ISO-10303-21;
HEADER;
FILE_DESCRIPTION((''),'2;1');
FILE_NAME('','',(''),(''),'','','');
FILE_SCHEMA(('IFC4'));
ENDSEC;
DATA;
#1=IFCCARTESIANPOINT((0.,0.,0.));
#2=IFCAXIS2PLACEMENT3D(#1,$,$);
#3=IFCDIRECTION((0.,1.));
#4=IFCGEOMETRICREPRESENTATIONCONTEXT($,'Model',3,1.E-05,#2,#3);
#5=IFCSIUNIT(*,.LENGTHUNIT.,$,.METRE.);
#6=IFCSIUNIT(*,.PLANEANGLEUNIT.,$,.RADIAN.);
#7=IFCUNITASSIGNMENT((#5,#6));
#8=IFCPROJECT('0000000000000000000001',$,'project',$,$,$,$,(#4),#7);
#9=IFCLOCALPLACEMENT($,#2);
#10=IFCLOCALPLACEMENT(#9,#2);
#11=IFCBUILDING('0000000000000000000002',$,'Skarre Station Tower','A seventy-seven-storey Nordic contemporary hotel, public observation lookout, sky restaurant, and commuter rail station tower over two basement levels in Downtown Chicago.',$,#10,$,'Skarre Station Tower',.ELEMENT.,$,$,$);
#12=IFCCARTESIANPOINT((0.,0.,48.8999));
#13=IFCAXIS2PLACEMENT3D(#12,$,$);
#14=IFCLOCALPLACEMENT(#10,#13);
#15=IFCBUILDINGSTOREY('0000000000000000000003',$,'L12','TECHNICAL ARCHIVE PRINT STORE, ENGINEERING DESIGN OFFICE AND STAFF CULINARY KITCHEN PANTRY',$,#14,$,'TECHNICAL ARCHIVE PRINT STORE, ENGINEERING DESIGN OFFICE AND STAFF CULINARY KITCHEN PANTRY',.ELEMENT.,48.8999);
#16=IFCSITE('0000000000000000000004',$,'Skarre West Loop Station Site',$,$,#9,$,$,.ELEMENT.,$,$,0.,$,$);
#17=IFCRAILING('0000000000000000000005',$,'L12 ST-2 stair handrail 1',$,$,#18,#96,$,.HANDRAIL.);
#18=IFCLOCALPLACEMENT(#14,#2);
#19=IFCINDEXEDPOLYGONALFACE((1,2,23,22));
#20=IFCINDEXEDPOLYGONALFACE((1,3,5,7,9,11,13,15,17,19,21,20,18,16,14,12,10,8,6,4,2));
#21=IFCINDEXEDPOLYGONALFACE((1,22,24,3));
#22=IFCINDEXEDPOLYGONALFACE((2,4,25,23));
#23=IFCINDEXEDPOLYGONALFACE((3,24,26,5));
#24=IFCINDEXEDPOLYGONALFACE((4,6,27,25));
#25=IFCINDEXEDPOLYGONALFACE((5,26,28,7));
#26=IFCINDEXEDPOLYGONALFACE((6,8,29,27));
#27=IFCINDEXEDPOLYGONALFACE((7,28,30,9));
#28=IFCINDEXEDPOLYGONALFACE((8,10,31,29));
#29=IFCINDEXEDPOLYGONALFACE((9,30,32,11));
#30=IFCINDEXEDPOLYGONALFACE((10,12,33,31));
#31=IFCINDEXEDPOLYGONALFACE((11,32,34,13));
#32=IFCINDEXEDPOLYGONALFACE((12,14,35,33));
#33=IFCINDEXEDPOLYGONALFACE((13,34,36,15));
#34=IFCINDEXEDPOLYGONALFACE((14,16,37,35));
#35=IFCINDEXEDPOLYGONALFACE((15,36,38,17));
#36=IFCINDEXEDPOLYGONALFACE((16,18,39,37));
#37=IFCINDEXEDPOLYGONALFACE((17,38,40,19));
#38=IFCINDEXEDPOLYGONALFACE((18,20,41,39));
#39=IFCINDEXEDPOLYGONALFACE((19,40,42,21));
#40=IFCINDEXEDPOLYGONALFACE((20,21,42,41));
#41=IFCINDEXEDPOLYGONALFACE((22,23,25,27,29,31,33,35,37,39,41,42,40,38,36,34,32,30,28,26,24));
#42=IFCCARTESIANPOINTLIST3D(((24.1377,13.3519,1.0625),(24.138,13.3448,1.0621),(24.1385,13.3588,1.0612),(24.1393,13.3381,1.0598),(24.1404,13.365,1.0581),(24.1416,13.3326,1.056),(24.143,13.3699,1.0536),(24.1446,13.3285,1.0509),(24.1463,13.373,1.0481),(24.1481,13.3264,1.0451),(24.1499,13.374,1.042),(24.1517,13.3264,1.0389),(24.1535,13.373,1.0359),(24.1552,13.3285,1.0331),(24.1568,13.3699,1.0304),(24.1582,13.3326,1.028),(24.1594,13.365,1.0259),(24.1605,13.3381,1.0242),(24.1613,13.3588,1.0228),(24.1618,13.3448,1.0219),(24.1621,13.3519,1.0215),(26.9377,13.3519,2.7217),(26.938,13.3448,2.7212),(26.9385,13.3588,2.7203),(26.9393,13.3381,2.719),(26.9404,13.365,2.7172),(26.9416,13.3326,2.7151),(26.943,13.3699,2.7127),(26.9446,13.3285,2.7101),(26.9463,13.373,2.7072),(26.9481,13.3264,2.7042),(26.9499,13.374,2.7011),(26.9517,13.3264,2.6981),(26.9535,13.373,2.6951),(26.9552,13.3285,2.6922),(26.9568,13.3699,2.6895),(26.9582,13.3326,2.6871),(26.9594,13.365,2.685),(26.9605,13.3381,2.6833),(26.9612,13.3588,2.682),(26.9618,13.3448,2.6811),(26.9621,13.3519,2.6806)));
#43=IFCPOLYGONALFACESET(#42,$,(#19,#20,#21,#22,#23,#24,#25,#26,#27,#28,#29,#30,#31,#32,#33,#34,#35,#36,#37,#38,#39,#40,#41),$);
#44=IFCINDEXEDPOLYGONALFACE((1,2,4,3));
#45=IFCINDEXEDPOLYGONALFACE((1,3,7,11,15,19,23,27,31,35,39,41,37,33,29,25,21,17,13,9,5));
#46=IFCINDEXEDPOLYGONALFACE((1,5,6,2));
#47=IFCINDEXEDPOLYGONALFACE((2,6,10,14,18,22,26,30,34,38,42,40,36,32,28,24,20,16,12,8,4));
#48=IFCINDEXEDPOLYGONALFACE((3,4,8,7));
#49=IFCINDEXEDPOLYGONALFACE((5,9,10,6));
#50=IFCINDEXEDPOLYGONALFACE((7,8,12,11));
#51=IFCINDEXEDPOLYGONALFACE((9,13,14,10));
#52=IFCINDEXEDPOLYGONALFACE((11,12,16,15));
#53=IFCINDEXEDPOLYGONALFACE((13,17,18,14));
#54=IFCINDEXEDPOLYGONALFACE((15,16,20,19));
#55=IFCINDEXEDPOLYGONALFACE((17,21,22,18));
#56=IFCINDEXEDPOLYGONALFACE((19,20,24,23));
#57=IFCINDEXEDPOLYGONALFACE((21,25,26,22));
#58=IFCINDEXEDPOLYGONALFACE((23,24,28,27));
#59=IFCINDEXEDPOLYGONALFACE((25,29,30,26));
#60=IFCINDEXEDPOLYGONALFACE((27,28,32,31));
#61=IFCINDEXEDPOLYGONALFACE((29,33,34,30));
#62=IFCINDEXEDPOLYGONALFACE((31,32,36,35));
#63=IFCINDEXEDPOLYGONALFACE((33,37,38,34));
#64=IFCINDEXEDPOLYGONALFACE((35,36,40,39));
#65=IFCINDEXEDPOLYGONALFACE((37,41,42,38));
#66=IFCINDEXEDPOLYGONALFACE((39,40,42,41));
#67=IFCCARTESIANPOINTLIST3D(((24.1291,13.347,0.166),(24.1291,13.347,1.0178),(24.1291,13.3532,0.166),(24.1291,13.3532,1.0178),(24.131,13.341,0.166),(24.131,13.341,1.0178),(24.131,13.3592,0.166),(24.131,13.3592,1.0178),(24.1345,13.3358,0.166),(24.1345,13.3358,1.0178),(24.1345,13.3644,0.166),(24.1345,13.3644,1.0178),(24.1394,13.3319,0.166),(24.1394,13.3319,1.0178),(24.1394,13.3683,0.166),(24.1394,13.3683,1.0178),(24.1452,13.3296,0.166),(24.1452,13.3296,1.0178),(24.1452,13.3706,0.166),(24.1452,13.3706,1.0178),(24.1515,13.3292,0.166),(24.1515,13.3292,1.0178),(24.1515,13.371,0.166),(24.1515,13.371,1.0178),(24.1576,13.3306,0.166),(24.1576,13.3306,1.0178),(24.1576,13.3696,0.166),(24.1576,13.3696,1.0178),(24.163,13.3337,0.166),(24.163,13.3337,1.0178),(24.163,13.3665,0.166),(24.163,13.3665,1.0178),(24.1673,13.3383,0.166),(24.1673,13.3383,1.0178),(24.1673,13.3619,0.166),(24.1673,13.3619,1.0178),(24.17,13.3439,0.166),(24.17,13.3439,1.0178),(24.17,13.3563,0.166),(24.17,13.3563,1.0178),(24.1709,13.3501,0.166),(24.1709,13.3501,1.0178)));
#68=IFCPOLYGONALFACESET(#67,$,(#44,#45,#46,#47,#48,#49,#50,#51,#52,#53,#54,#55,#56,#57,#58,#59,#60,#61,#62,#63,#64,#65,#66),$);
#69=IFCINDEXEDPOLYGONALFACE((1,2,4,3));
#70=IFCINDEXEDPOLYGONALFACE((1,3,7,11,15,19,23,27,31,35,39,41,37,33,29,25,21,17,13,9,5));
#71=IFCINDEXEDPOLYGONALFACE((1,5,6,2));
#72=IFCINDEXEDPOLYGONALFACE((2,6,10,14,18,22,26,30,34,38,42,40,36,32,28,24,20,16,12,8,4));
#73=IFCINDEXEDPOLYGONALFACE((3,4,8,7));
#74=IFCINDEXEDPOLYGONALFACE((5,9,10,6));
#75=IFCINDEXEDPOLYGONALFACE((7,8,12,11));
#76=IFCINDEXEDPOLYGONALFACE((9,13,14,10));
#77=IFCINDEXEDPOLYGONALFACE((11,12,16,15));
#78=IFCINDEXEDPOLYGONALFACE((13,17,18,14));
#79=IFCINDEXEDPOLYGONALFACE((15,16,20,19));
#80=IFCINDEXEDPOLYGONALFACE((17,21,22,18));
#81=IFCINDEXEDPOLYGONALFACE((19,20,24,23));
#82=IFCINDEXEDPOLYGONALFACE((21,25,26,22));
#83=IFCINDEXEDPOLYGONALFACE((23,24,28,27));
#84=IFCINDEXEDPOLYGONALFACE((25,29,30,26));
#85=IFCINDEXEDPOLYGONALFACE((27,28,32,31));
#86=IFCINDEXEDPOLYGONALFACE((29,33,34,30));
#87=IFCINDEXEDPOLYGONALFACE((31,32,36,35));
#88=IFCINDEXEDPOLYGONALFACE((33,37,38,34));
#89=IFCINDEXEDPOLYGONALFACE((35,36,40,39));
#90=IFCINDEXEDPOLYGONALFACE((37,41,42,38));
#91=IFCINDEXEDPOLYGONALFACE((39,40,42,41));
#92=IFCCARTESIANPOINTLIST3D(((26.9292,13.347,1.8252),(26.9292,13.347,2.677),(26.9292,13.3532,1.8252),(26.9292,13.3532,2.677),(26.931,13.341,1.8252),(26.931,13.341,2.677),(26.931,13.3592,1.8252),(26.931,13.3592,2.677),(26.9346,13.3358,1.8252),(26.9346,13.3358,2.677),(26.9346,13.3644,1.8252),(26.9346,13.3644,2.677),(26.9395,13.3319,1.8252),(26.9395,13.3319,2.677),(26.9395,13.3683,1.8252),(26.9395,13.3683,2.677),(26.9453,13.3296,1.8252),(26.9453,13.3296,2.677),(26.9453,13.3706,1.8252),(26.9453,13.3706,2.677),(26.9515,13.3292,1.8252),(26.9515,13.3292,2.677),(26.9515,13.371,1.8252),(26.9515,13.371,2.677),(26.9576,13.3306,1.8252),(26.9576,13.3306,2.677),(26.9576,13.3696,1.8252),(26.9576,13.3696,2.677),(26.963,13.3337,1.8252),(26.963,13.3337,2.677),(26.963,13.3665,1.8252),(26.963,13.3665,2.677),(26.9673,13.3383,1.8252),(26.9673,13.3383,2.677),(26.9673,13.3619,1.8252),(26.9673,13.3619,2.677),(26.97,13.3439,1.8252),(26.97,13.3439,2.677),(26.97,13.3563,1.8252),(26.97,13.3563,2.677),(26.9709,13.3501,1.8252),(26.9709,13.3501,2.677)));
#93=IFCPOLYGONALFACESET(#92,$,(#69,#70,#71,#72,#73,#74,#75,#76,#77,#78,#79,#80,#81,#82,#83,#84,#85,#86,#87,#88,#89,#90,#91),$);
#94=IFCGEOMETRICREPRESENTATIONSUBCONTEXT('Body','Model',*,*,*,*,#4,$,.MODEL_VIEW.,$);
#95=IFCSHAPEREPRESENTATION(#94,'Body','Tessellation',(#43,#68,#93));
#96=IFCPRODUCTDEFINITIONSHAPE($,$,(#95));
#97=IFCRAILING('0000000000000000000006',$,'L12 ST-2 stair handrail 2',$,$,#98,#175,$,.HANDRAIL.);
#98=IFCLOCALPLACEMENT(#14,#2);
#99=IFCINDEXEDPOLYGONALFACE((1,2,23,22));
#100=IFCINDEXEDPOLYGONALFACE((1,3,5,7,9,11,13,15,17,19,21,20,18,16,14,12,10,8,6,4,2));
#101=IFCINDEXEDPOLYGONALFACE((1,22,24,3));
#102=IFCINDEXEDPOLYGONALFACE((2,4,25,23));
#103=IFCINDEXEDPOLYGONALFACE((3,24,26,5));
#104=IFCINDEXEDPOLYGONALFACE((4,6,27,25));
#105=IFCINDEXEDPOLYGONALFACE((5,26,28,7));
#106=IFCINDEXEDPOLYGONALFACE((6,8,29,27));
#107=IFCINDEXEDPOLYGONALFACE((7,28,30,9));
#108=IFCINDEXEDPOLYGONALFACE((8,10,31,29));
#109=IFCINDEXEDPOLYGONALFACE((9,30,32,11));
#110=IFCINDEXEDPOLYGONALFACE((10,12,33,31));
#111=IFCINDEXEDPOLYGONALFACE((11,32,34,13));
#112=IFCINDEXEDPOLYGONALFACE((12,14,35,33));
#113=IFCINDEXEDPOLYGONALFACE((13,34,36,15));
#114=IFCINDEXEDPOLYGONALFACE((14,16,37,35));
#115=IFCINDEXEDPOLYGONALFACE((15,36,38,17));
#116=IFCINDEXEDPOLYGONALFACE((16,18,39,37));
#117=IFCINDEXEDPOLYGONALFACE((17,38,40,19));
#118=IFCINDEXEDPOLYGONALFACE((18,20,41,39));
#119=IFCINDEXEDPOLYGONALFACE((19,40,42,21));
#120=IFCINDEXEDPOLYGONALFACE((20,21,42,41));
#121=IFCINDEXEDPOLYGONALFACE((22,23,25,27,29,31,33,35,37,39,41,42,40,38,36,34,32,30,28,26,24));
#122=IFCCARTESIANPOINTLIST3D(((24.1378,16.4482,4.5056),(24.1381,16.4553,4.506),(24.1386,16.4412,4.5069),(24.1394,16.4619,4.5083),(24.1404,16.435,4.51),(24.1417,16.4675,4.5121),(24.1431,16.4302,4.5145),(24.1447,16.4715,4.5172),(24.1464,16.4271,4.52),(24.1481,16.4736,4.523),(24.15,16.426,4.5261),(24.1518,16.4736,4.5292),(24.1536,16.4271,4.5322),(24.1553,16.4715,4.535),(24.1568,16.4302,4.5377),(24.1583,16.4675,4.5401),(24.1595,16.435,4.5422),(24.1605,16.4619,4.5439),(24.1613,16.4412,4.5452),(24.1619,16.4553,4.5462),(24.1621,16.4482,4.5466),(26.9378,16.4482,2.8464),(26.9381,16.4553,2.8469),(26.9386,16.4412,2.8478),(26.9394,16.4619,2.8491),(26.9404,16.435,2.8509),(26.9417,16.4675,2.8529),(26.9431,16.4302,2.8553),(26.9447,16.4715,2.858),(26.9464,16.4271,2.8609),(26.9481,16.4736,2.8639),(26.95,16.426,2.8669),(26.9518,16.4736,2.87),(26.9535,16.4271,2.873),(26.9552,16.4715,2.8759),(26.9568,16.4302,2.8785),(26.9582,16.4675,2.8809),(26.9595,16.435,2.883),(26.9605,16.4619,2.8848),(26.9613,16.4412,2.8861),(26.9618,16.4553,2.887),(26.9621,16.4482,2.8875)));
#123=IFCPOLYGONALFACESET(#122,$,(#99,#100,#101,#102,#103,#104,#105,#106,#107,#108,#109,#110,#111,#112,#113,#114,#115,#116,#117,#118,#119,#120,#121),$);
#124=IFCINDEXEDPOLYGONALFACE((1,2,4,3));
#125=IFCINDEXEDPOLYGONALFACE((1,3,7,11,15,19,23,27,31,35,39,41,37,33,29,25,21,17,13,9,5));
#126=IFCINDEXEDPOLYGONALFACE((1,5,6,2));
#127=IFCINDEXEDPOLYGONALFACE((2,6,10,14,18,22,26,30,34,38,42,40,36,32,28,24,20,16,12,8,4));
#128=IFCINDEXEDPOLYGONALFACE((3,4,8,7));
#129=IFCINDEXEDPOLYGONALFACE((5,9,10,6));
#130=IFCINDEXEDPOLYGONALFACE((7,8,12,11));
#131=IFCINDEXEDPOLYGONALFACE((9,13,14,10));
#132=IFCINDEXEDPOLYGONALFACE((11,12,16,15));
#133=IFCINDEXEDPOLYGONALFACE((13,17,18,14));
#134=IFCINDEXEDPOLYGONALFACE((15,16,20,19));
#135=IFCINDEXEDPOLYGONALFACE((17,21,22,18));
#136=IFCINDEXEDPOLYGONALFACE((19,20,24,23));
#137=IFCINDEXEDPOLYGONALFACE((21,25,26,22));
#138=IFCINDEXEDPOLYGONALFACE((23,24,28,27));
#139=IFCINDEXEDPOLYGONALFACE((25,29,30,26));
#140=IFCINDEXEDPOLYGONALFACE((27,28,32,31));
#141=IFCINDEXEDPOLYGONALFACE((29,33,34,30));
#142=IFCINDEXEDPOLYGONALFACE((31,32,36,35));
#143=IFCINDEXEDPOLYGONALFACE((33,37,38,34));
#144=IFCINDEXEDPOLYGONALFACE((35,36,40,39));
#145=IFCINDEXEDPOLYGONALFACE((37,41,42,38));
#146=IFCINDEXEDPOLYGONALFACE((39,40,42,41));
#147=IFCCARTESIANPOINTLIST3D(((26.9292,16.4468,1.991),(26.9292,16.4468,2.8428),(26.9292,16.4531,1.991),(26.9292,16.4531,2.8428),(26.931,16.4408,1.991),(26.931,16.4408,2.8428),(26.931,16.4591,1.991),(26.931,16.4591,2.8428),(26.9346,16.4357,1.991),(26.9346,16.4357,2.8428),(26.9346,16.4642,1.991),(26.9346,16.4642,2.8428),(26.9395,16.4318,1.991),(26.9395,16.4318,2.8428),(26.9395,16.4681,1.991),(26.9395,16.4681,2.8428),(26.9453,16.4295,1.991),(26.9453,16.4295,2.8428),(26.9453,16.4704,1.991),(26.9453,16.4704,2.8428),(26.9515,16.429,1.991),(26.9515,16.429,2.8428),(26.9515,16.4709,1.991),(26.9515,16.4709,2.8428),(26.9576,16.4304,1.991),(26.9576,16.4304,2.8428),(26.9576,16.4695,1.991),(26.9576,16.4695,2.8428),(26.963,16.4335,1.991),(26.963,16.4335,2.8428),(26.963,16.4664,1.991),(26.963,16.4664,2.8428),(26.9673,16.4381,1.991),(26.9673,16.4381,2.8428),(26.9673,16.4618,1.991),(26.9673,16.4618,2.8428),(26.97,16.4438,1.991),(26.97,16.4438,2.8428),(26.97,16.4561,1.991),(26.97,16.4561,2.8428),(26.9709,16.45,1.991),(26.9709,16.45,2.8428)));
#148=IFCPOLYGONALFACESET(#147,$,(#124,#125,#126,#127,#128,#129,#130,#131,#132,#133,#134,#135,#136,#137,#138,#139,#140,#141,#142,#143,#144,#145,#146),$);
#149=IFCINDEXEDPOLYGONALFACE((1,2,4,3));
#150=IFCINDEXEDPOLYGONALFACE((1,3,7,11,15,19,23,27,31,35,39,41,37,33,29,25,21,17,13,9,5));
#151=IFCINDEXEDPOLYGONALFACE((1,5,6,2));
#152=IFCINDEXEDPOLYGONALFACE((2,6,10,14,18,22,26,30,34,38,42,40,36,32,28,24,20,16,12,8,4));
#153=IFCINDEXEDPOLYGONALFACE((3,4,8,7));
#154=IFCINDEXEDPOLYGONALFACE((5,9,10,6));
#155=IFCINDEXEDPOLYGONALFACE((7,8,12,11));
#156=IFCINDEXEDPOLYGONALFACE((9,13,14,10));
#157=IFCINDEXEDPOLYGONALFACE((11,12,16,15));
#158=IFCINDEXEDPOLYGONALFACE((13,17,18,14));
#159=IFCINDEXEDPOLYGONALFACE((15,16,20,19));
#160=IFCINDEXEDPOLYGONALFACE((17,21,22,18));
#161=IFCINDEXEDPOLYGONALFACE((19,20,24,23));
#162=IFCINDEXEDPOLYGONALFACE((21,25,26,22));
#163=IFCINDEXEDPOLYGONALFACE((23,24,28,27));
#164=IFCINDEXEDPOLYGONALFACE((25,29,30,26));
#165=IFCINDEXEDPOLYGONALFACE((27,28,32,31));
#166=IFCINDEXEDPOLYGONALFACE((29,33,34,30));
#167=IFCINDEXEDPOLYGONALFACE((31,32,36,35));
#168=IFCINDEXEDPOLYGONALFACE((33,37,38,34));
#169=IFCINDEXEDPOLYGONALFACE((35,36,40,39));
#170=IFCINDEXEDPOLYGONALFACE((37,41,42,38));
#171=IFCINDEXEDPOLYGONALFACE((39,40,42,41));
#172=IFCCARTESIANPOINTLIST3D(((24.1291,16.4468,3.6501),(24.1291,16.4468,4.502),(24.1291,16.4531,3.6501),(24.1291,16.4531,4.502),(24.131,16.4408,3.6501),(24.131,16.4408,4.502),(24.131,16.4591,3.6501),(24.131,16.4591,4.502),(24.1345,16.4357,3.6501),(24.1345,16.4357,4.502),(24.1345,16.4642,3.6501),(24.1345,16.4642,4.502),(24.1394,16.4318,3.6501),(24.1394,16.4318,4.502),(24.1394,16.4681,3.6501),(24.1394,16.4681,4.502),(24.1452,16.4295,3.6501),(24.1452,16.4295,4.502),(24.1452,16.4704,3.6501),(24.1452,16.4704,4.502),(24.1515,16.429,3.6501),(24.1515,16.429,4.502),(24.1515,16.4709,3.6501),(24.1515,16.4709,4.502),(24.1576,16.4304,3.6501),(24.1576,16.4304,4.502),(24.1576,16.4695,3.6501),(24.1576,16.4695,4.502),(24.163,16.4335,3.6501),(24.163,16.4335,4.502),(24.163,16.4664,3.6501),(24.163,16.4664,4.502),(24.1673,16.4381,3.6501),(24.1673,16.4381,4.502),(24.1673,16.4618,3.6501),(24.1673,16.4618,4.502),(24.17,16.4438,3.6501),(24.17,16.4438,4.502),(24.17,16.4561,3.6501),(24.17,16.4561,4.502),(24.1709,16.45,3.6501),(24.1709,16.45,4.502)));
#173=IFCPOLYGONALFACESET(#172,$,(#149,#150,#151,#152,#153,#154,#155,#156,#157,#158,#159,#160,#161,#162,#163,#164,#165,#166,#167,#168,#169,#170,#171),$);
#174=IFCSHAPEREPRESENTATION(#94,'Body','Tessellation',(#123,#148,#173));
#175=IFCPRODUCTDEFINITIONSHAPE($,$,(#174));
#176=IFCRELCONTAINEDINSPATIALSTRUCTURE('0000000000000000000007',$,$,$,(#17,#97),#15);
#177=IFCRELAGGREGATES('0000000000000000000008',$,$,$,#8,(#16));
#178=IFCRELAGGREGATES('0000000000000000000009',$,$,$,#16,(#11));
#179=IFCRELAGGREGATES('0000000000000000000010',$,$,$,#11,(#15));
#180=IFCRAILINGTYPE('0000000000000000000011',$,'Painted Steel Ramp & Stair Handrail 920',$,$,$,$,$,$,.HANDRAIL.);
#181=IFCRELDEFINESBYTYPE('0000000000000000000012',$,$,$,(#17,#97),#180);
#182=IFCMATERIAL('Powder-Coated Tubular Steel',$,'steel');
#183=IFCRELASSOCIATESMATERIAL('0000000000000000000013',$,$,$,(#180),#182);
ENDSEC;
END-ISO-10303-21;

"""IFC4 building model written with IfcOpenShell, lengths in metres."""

from ifc_helpers import new_model, si_unit, direction, frame, origin, origin_2d, place, context, subcontext, project, spatial, circle, extrude, material, type_object, element, save


model = new_model("IFC4")

# Units and contexts
model_context = context("Model", 3, precision=1e-05, world=origin(), true_north=direction((0.0, 1.0)))
body_context = subcontext(model_context, "Body", "Model", "MODEL_VIEW")
ifc_project = project(units=[si_unit("LENGTHUNIT", "METRE"), si_unit("PLANEANGLEUNIT", "RADIAN")], contexts=[model_context])

# Site, building, storey
site_placement = place(None, origin())
site = spatial("IfcSite", under=ifc_project, at=site_placement, Name="Skarre West Loop Station Site", CompositionType="ELEMENT", RefElevation=0.0)
building_placement = place(site_placement, origin())
building = spatial("IfcBuilding", under=site, at=building_placement, Name="Skarre Station Tower", Description="A seventy-seven-storey Nordic contemporary hotel, public observation lookout, sky restaurant, and commuter rail station tower over two basement levels in Downtown Chicago.", LongName="Skarre Station Tower", CompositionType="ELEMENT")
storey_placement = place(building_placement, frame((0.0, 0.0, 48.8999)))
storey = spatial("IfcBuildingStorey", under=building, at=storey_placement, Name="L12", Description="TECHNICAL ARCHIVE PRINT STORE, ENGINEERING DESIGN OFFICE AND STAFF CULINARY KITCHEN PANTRY", LongName="TECHNICAL ARCHIVE PRINT STORE, ENGINEERING DESIGN OFFICE AND STAFF CULINARY KITCHEN PANTRY", CompositionType="ELEMENT", Elevation=48.8999)

# Railings
ifc_material_1 = material(Name="Powder-Coated Tubular Steel", Category="steel")
railing_type_1 = type_object("IfcRailingType", Name="Painted Steel Ramp & Stair Handrail 920", PredefinedType="HANDRAIL", material=ifc_material_1)
railing_1_placement = place(storey_placement, frame((24.1499, 13.3501, 0.166)))
element("IfcRailing", 1, at=railing_1_placement, inside=storey, type_object=railing_type_1, Name="L12 ST-2 stair handrail 1", PredefinedType="HANDRAIL", context=body_context, shape_type="SweptSolid", body=[
    extrude(circle(Radius=0.0239, at=origin_2d()), frame((0.0, 0.0, 0.876), z_axis=(0.860306, 0.0, 0.509778), x_axis=(0.0, 1.0, 0.0)), (0.0, 0.0, 1.0), 3.2546),
    extrude(circle(Radius=0.021, at=origin_2d()), origin(), (0.0, 0.0, 1.0), 0.8518),
    extrude(circle(Radius=0.021, at=origin_2d()), frame((2.8, 0.0, 1.6592)), (0.0, 0.0, 1.0), 0.8518),
])
railing_2_placement = place(storey_placement, frame((26.95, 16.45, 1.991)))
element("IfcRailing", 2, at=railing_2_placement, inside=storey, type_object=railing_type_1, Name="L12 ST-2 stair handrail 2", PredefinedType="HANDRAIL", context=body_context, shape_type="SweptSolid", body=[
    extrude(circle(Radius=0.0239, at=origin_2d()), frame((0.0, 0.0, 0.876), z_axis=(-0.860306, 0.0, 0.509778), x_axis=(0.0, -1.0, 0.0)), (0.0, 0.0, 1.0), 3.2546),
    extrude(circle(Radius=0.021, at=origin_2d()), origin(), (0.0, 0.0, 1.0), 0.8518),
    extrude(circle(Radius=0.021, at=origin_2d()), frame((-2.8, 0.0, 1.6592)), (0.0, 0.0, 1.0), 0.8518),
])

save(model, "model.ifc")
